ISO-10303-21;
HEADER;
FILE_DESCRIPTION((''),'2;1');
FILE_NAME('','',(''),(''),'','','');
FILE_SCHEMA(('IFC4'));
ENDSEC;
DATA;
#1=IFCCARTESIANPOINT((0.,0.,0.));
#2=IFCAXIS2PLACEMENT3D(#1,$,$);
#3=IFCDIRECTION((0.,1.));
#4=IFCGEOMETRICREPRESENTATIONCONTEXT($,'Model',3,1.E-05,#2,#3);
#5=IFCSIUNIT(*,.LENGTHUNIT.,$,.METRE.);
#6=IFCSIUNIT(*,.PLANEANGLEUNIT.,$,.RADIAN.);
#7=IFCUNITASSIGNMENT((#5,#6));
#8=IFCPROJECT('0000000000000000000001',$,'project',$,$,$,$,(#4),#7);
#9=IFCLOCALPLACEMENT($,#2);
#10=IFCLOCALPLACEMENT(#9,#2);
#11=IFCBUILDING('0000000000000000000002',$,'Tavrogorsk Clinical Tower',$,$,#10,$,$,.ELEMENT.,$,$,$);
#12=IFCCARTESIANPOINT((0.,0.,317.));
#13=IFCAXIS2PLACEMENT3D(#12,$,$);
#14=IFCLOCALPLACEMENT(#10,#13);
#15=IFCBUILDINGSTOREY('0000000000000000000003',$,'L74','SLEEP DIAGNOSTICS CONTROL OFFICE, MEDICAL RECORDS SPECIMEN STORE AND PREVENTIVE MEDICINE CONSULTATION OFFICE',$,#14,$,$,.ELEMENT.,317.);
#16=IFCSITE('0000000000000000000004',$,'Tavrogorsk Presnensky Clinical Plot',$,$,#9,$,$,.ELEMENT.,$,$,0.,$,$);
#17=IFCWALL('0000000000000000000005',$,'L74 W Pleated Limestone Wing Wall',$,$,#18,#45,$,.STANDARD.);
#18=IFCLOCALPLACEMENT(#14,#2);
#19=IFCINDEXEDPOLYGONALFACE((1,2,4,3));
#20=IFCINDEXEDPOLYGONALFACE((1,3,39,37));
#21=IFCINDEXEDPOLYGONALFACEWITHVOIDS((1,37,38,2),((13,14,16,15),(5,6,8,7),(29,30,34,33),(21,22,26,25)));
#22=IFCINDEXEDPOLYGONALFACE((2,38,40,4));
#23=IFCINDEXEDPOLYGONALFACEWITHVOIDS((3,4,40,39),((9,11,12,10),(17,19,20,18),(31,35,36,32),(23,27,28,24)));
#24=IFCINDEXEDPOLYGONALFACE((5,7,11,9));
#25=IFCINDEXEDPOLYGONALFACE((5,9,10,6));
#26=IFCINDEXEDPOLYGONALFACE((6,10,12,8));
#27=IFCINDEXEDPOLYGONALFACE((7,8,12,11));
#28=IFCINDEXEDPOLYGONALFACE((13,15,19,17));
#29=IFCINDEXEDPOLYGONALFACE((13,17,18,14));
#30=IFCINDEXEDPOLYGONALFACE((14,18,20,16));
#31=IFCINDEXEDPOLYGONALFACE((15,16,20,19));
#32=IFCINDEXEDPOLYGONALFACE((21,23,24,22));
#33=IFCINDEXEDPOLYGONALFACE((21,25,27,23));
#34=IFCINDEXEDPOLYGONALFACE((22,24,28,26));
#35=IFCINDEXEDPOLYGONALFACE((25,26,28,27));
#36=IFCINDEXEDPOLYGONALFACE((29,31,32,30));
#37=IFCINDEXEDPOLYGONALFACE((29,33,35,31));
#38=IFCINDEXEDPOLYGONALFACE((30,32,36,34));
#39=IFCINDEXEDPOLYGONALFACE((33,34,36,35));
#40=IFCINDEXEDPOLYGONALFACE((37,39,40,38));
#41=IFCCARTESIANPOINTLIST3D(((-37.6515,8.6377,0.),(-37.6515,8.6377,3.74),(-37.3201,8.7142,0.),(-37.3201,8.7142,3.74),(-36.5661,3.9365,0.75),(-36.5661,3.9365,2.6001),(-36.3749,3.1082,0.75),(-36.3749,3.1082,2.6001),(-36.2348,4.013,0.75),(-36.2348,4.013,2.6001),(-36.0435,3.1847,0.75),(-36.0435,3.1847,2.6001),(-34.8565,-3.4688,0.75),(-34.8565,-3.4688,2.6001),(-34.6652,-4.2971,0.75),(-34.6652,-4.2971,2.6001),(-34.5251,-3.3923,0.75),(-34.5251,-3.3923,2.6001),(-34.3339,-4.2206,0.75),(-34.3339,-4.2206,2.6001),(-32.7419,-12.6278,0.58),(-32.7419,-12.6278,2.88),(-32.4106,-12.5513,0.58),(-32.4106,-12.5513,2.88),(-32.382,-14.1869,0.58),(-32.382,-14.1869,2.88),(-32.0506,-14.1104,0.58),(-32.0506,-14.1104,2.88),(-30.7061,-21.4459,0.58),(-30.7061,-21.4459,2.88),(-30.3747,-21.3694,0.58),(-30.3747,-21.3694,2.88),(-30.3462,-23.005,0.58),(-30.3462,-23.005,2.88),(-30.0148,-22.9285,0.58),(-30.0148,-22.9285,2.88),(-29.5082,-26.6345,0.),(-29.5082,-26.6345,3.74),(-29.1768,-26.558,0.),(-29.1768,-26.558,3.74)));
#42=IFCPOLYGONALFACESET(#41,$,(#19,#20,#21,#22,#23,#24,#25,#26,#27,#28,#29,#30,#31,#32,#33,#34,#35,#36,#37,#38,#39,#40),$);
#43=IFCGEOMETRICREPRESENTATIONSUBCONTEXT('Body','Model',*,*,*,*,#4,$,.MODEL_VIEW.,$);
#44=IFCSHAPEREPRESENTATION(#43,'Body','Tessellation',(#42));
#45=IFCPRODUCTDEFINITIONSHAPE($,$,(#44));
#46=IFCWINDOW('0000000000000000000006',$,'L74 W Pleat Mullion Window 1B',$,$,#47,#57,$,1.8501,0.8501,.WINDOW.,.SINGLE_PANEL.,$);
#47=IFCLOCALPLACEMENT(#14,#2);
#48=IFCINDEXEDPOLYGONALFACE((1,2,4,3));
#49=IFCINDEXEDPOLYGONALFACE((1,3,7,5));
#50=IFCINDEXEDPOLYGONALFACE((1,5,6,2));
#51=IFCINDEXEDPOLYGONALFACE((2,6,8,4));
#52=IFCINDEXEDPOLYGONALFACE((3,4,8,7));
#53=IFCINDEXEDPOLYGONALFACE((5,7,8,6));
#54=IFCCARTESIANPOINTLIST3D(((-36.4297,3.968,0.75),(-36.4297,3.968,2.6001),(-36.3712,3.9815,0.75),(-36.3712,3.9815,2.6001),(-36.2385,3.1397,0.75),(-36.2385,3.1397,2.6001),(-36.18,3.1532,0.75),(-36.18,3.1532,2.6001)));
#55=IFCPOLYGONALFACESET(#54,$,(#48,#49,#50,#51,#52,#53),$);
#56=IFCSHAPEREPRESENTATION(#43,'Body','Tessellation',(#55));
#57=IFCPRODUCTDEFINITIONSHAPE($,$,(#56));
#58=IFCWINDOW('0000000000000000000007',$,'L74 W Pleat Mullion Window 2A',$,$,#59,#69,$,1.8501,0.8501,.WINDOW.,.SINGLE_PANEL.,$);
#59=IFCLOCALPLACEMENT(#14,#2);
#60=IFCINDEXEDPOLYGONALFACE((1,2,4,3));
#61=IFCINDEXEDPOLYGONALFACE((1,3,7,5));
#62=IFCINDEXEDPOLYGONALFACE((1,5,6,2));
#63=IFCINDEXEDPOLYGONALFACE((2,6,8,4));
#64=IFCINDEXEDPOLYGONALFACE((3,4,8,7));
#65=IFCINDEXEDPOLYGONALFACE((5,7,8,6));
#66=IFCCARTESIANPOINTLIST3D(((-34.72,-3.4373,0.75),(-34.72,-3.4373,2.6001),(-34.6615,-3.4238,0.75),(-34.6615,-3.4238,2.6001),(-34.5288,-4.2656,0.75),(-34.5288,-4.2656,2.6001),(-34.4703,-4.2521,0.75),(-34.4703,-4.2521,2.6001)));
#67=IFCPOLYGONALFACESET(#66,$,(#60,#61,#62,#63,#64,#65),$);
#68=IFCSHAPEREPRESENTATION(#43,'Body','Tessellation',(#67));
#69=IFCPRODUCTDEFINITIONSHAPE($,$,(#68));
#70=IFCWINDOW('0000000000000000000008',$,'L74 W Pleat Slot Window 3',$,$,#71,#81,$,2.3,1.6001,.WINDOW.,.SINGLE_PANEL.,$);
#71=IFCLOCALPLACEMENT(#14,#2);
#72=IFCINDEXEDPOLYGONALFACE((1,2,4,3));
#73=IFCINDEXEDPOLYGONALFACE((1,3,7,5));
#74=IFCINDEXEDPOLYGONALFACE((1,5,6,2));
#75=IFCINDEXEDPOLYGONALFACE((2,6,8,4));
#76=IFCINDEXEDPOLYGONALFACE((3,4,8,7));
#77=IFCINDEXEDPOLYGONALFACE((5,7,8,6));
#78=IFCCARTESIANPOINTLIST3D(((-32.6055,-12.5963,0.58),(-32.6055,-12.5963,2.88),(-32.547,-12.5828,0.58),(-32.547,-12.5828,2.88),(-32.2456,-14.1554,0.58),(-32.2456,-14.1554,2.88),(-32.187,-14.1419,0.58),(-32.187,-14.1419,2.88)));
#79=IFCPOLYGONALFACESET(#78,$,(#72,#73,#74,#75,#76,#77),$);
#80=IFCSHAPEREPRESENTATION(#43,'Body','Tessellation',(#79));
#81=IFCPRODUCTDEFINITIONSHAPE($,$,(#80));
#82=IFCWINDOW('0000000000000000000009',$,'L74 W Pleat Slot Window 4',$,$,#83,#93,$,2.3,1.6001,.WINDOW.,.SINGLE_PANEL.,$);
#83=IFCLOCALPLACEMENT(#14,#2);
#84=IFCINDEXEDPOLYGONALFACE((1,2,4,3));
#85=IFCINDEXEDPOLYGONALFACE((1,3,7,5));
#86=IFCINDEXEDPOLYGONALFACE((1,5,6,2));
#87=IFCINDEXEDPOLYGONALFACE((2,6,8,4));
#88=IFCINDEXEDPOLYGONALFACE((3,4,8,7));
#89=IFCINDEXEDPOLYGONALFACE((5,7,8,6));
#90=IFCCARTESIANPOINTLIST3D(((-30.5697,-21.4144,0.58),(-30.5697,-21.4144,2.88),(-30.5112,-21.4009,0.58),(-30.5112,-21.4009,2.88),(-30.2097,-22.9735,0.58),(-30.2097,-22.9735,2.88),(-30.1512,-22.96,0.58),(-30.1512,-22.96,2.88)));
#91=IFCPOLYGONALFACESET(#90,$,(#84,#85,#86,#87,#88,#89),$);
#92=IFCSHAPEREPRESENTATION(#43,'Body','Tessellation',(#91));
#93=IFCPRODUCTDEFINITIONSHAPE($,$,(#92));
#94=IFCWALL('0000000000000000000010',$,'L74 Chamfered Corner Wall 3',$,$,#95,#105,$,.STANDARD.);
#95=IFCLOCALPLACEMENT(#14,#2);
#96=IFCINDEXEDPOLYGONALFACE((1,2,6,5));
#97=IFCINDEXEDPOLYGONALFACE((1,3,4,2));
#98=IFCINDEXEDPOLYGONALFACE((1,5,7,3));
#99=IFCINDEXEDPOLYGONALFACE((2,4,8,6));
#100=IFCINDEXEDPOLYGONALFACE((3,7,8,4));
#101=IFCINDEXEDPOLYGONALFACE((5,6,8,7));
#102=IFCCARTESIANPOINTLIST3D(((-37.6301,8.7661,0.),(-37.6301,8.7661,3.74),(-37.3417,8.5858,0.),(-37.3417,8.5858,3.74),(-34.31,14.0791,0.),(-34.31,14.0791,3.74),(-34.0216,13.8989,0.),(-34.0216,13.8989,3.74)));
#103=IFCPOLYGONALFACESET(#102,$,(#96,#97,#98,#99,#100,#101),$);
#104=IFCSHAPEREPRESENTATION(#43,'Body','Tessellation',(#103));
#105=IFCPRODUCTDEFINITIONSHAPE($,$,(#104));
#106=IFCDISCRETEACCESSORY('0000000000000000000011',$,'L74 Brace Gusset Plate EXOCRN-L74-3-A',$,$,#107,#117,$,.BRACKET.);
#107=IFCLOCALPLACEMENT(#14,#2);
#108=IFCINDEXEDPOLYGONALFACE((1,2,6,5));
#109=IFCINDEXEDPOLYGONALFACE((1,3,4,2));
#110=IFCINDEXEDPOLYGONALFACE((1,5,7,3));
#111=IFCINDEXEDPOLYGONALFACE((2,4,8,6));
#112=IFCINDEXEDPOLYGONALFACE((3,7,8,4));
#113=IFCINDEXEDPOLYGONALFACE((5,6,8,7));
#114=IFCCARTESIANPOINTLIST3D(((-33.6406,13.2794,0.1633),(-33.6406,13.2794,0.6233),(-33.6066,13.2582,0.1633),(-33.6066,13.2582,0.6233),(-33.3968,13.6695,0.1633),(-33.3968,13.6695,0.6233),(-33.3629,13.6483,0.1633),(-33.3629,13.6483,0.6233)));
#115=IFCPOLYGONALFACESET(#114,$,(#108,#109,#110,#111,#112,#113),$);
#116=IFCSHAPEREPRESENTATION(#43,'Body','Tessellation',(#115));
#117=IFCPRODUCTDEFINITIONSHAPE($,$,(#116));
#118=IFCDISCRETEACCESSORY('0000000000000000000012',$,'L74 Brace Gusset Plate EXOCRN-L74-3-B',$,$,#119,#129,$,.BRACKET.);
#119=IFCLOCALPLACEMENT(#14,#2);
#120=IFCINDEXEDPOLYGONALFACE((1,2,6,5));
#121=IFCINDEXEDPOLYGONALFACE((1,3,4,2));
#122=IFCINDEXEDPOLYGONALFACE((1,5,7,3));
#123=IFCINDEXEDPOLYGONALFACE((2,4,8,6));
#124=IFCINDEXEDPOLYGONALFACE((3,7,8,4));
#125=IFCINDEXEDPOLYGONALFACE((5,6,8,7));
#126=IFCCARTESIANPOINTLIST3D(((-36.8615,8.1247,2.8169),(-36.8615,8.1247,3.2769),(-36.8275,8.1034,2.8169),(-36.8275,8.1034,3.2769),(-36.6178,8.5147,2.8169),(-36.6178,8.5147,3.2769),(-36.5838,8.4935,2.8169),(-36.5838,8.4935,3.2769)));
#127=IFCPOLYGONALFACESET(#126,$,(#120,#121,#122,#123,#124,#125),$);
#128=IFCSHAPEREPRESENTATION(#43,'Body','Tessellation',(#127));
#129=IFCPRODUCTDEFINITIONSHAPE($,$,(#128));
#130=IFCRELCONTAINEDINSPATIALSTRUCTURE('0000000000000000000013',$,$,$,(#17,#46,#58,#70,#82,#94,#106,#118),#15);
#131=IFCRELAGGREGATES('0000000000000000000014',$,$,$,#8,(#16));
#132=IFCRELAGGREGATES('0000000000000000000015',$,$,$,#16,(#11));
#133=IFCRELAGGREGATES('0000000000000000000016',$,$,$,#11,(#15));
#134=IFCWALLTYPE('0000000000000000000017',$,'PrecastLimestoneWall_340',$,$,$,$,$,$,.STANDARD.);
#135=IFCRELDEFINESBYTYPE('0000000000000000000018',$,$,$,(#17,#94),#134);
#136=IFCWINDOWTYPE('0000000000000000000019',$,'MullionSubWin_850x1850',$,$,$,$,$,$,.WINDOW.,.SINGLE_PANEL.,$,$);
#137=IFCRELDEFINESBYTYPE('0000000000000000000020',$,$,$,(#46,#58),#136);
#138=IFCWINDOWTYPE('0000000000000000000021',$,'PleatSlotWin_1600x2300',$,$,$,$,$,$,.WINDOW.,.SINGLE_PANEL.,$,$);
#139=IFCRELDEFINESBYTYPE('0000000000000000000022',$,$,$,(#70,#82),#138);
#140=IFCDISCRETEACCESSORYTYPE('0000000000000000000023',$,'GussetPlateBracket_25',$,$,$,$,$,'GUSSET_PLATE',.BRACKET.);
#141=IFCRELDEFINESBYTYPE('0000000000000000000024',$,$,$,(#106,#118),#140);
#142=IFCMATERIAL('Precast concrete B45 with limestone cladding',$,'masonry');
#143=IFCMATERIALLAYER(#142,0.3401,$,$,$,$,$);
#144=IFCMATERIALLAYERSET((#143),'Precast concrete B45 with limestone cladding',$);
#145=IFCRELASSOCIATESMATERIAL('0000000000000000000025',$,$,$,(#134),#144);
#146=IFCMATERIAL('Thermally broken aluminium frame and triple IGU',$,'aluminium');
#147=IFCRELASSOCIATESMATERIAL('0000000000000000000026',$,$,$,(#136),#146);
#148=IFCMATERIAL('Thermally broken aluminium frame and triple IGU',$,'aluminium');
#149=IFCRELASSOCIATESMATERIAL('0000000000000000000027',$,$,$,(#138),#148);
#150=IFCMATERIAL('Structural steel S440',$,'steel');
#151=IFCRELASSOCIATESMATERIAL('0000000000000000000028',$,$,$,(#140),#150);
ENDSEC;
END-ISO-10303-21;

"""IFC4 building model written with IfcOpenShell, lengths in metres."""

from ifc_helpers import new_model, si_unit, direction, frame, frame_2d, origin, origin_2d, place, context, subcontext, project, spatial, rectangle, extrude, material, layer, layer_set, type_object, element, fill, save


model = new_model("IFC4")

# Units and contexts
model_context = context("Model", 3, precision=1e-05, world=origin(), true_north=direction((0.0, 1.0)))
body_context = subcontext(model_context, "Body", "Model", "MODEL_VIEW")
ifc_project = project(units=[si_unit("LENGTHUNIT", "METRE"), si_unit("PLANEANGLEUNIT", "RADIAN")], contexts=[model_context])

# Site, building, storey
site_placement = place(None, origin())
site = spatial("IfcSite", under=ifc_project, at=site_placement, Name="Tavrogorsk Presnensky Clinical Plot", CompositionType="ELEMENT", RefElevation=0.0)
building_placement = place(site_placement, origin())
building = spatial("IfcBuilding", under=site, at=building_placement, Name="Tavrogorsk Clinical Tower", CompositionType="ELEMENT")
storey_placement = place(building_placement, frame((0.0, 0.0, 317.0)))
storey = spatial("IfcBuildingStorey", under=building, at=storey_placement, Name="L74", Description="SLEEP DIAGNOSTICS CONTROL OFFICE, MEDICAL RECORDS SPECIMEN STORE AND PREVENTIVE MEDICINE CONSULTATION OFFICE", CompositionType="ELEMENT", Elevation=317.0)

# Wall, openings, windows
ifc_material_1 = material(Name="Precast concrete B45 with limestone cladding", Category="masonry")
ifc_layer_1 = layer(ifc_material_1, 0.3401)
ifc_layer_set_1 = layer_set([ifc_layer_1], Name="Precast concrete B45 with limestone cladding")
wall_type_1 = type_object("IfcWallType", Name="PrecastLimestoneWall_340", PredefinedType="STANDARD", material=ifc_layer_set_1)
wall_1_placement = place(storey_placement, frame((-37.4858, 8.676, 0.0), z_axis=(0.0, 0.0, 1.0), x_axis=(0.224953, -0.97437, 0.0)))
wall_1 = element("IfcWall", 1, at=wall_1_placement, inside=storey, type_object=wall_type_1, Name="L74 W Pleated Limestone Wing Wall", PredefinedType="STANDARD", context=body_context, shape_type="SweptSolid", body=[
    extrude(rectangle(XDim=36.2, YDim=0.3401, at=frame_2d((18.1001, 0.0))), origin(), (0.0, 0.0, 1.0), 3.74),
])
opening_1_placement = place(wall_1_placement, frame((4.825, 0.0, 0.75)))
opening_1 = element("IfcOpeningElement", 2, at=opening_1_placement, cuts=wall_1, PredefinedType="OPENING", context=body_context, shape_type="SweptSolid", body=[
    extrude(rectangle(XDim=0.8501, YDim=1.8501, at=frame_2d((0.425, 0.925))), frame((0.0, 0.1799, 0.0), z_axis=(0.0, -1.0, 0.0), x_axis=(1.0, 0.0, 0.0)), (0.0, 0.0, 1.0), 0.3601),
])
opening_2_placement = place(wall_1_placement, frame((12.425, 0.0, 0.75)))
opening_2 = element("IfcOpeningElement", 3, at=opening_2_placement, cuts=wall_1, PredefinedType="OPENING", context=body_context, shape_type="SweptSolid", body=[
    extrude(rectangle(XDim=0.8501, YDim=1.8501, at=frame_2d((0.425, 0.925))), frame((0.0, 0.1799, 0.0), z_axis=(0.0, -1.0, 0.0), x_axis=(1.0, 0.0, 0.0)), (0.0, 0.0, 1.0), 0.3601),
])
opening_3_placement = place(wall_1_placement, frame((21.825, 0.0, 0.5801)))
opening_3 = element("IfcOpeningElement", 4, at=opening_3_placement, cuts=wall_1, PredefinedType="OPENING", context=body_context, shape_type="SweptSolid", body=[
    extrude(rectangle(XDim=1.6001, YDim=2.3, at=frame_2d((0.8, 1.1499))), frame((0.0, 0.1799, 0.0), z_axis=(0.0, -1.0, 0.0), x_axis=(1.0, 0.0, 0.0)), (0.0, 0.0, 1.0), 0.3601),
])
opening_4_placement = place(wall_1_placement, frame((30.875, 0.0, 0.5801)))
opening_4 = element("IfcOpeningElement", 5, at=opening_4_placement, cuts=wall_1, PredefinedType="OPENING", context=body_context, shape_type="SweptSolid", body=[
    extrude(rectangle(XDim=1.6001, YDim=2.3, at=frame_2d((0.8, 1.1499))), frame((0.0, 0.1799, 0.0), z_axis=(0.0, -1.0, 0.0), x_axis=(1.0, 0.0, 0.0)), (0.0, 0.0, 1.0), 0.3601),
])
ifc_material_2 = material(Name="Thermally broken aluminium frame and triple IGU", Category="aluminium")
window_type_1 = type_object("IfcWindowType", Name="MullionSubWin_850x1850", PartitioningType="SINGLE_PANEL", PredefinedType="WINDOW", material=ifc_material_2)
window_1_placement = place(opening_1_placement, origin())
window_1 = element("IfcWindow", 6, at=window_1_placement, inside=storey, type_object=window_type_1, Name="L74 W Pleat Mullion Window 1B", OverallHeight=1.8501, OverallWidth=0.8501, PartitioningType="SINGLE_PANEL", PredefinedType="WINDOW", context=body_context, shape_type="SweptSolid", body=[
    extrude(rectangle(XDim=0.8501, YDim=1.8501, at=frame_2d((0.425, 0.925))), frame((0.0, 0.03, 0.0), z_axis=(0.0, -1.0, 0.0), x_axis=(1.0, 0.0, 0.0)), (0.0, 0.0, 1.0), 0.0601),
])
fill(opening_1, window_1)
window_2_placement = place(opening_2_placement, origin())
window_2 = element("IfcWindow", 7, at=window_2_placement, inside=storey, type_object=window_type_1, Name="L74 W Pleat Mullion Window 2A", OverallHeight=1.8501, OverallWidth=0.8501, PartitioningType="SINGLE_PANEL", PredefinedType="WINDOW", context=body_context, shape_type="SweptSolid", body=[
    extrude(rectangle(XDim=0.8501, YDim=1.8501, at=frame_2d((0.425, 0.925))), frame((0.0, 0.03, 0.0), z_axis=(0.0, -1.0, 0.0), x_axis=(1.0, 0.0, 0.0)), (0.0, 0.0, 1.0), 0.0601),
])
fill(opening_2, window_2)
ifc_material_3 = material(Name="Thermally broken aluminium frame and triple IGU", Category="aluminium")
window_type_2 = type_object("IfcWindowType", Name="PleatSlotWin_1600x2300", PartitioningType="SINGLE_PANEL", PredefinedType="WINDOW", material=ifc_material_3)
window_3_placement = place(opening_3_placement, origin())
window_3 = element("IfcWindow", 8, at=window_3_placement, inside=storey, type_object=window_type_2, Name="L74 W Pleat Slot Window 3", OverallHeight=2.3, OverallWidth=1.6001, PartitioningType="SINGLE_PANEL", PredefinedType="WINDOW", context=body_context, shape_type="SweptSolid", body=[
    extrude(rectangle(XDim=1.6001, YDim=2.3, at=frame_2d((0.8, 1.1499))), frame((0.0, 0.03, 0.0), z_axis=(0.0, -1.0, 0.0), x_axis=(1.0, 0.0, 0.0)), (0.0, 0.0, 1.0), 0.0601),
])
fill(opening_3, window_3)
window_4_placement = place(opening_4_placement, origin())
window_4 = element("IfcWindow", 9, at=window_4_placement, inside=storey, type_object=window_type_2, Name="L74 W Pleat Slot Window 4", OverallHeight=2.3, OverallWidth=1.6001, PartitioningType="SINGLE_PANEL", PredefinedType="WINDOW", context=body_context, shape_type="SweptSolid", body=[
    extrude(rectangle(XDim=1.6001, YDim=2.3, at=frame_2d((0.8, 1.1499))), frame((0.0, 0.03, 0.0), z_axis=(0.0, -1.0, 0.0), x_axis=(1.0, 0.0, 0.0)), (0.0, 0.0, 1.0), 0.0601),
])
fill(opening_4, window_4)

# Wall
wall_2_placement = place(storey_placement, frame((-34.1658, 13.989, 0.0), z_axis=(0.0, 0.0, 1.0), x_axis=(-0.529936, -0.848038, 0.0)))
element("IfcWall", 10, at=wall_2_placement, inside=storey, type_object=wall_type_1, Name="L74 Chamfered Corner Wall 3", PredefinedType="STANDARD", context=body_context, shape_type="SweptSolid", body=[
    extrude(rectangle(XDim=6.2651, YDim=0.3401, at=frame_2d((3.1326, 0.0))), origin(), (0.0, 0.0, 1.0), 3.74),
])

# Discrete accessories
ifc_material_4 = material(Name="Structural steel S440", Category="steel")
discrete_accessory_type = type_object("IfcDiscreteAccessoryType", Name="GussetPlateBracket_25", ElementType="GUSSET_PLATE", PredefinedType="BRACKET", material=ifc_material_4)
for number, where, z_axis, x_axis, name in (
    (11, (-33.5017, 13.4639, 0.1633), (0.0, 0.0, 1.0), (-0.529919, -0.848048, 0.0), "L74 Brace Gusset Plate EXOCRN-L74-3-A"),
    (12, (-36.7227, 8.3091, 2.8169), (0.0, 0.0, 1.0), (-0.529919, -0.848048, 0.0), "L74 Brace Gusset Plate EXOCRN-L74-3-B"),
):
    element("IfcDiscreteAccessory", number, at=place(storey_placement, frame(where, z_axis=z_axis, x_axis=x_axis)), inside=storey, type_object=discrete_accessory_type, Name=name, PredefinedType="BRACKET", context=body_context, shape_type="SweptSolid", body=[
        extrude(rectangle(XDim=0.46, YDim=0.04, at=origin_2d()), origin(), (0.0, 0.0, 1.0), 0.46),
    ])

save(model, "model.ifc")
